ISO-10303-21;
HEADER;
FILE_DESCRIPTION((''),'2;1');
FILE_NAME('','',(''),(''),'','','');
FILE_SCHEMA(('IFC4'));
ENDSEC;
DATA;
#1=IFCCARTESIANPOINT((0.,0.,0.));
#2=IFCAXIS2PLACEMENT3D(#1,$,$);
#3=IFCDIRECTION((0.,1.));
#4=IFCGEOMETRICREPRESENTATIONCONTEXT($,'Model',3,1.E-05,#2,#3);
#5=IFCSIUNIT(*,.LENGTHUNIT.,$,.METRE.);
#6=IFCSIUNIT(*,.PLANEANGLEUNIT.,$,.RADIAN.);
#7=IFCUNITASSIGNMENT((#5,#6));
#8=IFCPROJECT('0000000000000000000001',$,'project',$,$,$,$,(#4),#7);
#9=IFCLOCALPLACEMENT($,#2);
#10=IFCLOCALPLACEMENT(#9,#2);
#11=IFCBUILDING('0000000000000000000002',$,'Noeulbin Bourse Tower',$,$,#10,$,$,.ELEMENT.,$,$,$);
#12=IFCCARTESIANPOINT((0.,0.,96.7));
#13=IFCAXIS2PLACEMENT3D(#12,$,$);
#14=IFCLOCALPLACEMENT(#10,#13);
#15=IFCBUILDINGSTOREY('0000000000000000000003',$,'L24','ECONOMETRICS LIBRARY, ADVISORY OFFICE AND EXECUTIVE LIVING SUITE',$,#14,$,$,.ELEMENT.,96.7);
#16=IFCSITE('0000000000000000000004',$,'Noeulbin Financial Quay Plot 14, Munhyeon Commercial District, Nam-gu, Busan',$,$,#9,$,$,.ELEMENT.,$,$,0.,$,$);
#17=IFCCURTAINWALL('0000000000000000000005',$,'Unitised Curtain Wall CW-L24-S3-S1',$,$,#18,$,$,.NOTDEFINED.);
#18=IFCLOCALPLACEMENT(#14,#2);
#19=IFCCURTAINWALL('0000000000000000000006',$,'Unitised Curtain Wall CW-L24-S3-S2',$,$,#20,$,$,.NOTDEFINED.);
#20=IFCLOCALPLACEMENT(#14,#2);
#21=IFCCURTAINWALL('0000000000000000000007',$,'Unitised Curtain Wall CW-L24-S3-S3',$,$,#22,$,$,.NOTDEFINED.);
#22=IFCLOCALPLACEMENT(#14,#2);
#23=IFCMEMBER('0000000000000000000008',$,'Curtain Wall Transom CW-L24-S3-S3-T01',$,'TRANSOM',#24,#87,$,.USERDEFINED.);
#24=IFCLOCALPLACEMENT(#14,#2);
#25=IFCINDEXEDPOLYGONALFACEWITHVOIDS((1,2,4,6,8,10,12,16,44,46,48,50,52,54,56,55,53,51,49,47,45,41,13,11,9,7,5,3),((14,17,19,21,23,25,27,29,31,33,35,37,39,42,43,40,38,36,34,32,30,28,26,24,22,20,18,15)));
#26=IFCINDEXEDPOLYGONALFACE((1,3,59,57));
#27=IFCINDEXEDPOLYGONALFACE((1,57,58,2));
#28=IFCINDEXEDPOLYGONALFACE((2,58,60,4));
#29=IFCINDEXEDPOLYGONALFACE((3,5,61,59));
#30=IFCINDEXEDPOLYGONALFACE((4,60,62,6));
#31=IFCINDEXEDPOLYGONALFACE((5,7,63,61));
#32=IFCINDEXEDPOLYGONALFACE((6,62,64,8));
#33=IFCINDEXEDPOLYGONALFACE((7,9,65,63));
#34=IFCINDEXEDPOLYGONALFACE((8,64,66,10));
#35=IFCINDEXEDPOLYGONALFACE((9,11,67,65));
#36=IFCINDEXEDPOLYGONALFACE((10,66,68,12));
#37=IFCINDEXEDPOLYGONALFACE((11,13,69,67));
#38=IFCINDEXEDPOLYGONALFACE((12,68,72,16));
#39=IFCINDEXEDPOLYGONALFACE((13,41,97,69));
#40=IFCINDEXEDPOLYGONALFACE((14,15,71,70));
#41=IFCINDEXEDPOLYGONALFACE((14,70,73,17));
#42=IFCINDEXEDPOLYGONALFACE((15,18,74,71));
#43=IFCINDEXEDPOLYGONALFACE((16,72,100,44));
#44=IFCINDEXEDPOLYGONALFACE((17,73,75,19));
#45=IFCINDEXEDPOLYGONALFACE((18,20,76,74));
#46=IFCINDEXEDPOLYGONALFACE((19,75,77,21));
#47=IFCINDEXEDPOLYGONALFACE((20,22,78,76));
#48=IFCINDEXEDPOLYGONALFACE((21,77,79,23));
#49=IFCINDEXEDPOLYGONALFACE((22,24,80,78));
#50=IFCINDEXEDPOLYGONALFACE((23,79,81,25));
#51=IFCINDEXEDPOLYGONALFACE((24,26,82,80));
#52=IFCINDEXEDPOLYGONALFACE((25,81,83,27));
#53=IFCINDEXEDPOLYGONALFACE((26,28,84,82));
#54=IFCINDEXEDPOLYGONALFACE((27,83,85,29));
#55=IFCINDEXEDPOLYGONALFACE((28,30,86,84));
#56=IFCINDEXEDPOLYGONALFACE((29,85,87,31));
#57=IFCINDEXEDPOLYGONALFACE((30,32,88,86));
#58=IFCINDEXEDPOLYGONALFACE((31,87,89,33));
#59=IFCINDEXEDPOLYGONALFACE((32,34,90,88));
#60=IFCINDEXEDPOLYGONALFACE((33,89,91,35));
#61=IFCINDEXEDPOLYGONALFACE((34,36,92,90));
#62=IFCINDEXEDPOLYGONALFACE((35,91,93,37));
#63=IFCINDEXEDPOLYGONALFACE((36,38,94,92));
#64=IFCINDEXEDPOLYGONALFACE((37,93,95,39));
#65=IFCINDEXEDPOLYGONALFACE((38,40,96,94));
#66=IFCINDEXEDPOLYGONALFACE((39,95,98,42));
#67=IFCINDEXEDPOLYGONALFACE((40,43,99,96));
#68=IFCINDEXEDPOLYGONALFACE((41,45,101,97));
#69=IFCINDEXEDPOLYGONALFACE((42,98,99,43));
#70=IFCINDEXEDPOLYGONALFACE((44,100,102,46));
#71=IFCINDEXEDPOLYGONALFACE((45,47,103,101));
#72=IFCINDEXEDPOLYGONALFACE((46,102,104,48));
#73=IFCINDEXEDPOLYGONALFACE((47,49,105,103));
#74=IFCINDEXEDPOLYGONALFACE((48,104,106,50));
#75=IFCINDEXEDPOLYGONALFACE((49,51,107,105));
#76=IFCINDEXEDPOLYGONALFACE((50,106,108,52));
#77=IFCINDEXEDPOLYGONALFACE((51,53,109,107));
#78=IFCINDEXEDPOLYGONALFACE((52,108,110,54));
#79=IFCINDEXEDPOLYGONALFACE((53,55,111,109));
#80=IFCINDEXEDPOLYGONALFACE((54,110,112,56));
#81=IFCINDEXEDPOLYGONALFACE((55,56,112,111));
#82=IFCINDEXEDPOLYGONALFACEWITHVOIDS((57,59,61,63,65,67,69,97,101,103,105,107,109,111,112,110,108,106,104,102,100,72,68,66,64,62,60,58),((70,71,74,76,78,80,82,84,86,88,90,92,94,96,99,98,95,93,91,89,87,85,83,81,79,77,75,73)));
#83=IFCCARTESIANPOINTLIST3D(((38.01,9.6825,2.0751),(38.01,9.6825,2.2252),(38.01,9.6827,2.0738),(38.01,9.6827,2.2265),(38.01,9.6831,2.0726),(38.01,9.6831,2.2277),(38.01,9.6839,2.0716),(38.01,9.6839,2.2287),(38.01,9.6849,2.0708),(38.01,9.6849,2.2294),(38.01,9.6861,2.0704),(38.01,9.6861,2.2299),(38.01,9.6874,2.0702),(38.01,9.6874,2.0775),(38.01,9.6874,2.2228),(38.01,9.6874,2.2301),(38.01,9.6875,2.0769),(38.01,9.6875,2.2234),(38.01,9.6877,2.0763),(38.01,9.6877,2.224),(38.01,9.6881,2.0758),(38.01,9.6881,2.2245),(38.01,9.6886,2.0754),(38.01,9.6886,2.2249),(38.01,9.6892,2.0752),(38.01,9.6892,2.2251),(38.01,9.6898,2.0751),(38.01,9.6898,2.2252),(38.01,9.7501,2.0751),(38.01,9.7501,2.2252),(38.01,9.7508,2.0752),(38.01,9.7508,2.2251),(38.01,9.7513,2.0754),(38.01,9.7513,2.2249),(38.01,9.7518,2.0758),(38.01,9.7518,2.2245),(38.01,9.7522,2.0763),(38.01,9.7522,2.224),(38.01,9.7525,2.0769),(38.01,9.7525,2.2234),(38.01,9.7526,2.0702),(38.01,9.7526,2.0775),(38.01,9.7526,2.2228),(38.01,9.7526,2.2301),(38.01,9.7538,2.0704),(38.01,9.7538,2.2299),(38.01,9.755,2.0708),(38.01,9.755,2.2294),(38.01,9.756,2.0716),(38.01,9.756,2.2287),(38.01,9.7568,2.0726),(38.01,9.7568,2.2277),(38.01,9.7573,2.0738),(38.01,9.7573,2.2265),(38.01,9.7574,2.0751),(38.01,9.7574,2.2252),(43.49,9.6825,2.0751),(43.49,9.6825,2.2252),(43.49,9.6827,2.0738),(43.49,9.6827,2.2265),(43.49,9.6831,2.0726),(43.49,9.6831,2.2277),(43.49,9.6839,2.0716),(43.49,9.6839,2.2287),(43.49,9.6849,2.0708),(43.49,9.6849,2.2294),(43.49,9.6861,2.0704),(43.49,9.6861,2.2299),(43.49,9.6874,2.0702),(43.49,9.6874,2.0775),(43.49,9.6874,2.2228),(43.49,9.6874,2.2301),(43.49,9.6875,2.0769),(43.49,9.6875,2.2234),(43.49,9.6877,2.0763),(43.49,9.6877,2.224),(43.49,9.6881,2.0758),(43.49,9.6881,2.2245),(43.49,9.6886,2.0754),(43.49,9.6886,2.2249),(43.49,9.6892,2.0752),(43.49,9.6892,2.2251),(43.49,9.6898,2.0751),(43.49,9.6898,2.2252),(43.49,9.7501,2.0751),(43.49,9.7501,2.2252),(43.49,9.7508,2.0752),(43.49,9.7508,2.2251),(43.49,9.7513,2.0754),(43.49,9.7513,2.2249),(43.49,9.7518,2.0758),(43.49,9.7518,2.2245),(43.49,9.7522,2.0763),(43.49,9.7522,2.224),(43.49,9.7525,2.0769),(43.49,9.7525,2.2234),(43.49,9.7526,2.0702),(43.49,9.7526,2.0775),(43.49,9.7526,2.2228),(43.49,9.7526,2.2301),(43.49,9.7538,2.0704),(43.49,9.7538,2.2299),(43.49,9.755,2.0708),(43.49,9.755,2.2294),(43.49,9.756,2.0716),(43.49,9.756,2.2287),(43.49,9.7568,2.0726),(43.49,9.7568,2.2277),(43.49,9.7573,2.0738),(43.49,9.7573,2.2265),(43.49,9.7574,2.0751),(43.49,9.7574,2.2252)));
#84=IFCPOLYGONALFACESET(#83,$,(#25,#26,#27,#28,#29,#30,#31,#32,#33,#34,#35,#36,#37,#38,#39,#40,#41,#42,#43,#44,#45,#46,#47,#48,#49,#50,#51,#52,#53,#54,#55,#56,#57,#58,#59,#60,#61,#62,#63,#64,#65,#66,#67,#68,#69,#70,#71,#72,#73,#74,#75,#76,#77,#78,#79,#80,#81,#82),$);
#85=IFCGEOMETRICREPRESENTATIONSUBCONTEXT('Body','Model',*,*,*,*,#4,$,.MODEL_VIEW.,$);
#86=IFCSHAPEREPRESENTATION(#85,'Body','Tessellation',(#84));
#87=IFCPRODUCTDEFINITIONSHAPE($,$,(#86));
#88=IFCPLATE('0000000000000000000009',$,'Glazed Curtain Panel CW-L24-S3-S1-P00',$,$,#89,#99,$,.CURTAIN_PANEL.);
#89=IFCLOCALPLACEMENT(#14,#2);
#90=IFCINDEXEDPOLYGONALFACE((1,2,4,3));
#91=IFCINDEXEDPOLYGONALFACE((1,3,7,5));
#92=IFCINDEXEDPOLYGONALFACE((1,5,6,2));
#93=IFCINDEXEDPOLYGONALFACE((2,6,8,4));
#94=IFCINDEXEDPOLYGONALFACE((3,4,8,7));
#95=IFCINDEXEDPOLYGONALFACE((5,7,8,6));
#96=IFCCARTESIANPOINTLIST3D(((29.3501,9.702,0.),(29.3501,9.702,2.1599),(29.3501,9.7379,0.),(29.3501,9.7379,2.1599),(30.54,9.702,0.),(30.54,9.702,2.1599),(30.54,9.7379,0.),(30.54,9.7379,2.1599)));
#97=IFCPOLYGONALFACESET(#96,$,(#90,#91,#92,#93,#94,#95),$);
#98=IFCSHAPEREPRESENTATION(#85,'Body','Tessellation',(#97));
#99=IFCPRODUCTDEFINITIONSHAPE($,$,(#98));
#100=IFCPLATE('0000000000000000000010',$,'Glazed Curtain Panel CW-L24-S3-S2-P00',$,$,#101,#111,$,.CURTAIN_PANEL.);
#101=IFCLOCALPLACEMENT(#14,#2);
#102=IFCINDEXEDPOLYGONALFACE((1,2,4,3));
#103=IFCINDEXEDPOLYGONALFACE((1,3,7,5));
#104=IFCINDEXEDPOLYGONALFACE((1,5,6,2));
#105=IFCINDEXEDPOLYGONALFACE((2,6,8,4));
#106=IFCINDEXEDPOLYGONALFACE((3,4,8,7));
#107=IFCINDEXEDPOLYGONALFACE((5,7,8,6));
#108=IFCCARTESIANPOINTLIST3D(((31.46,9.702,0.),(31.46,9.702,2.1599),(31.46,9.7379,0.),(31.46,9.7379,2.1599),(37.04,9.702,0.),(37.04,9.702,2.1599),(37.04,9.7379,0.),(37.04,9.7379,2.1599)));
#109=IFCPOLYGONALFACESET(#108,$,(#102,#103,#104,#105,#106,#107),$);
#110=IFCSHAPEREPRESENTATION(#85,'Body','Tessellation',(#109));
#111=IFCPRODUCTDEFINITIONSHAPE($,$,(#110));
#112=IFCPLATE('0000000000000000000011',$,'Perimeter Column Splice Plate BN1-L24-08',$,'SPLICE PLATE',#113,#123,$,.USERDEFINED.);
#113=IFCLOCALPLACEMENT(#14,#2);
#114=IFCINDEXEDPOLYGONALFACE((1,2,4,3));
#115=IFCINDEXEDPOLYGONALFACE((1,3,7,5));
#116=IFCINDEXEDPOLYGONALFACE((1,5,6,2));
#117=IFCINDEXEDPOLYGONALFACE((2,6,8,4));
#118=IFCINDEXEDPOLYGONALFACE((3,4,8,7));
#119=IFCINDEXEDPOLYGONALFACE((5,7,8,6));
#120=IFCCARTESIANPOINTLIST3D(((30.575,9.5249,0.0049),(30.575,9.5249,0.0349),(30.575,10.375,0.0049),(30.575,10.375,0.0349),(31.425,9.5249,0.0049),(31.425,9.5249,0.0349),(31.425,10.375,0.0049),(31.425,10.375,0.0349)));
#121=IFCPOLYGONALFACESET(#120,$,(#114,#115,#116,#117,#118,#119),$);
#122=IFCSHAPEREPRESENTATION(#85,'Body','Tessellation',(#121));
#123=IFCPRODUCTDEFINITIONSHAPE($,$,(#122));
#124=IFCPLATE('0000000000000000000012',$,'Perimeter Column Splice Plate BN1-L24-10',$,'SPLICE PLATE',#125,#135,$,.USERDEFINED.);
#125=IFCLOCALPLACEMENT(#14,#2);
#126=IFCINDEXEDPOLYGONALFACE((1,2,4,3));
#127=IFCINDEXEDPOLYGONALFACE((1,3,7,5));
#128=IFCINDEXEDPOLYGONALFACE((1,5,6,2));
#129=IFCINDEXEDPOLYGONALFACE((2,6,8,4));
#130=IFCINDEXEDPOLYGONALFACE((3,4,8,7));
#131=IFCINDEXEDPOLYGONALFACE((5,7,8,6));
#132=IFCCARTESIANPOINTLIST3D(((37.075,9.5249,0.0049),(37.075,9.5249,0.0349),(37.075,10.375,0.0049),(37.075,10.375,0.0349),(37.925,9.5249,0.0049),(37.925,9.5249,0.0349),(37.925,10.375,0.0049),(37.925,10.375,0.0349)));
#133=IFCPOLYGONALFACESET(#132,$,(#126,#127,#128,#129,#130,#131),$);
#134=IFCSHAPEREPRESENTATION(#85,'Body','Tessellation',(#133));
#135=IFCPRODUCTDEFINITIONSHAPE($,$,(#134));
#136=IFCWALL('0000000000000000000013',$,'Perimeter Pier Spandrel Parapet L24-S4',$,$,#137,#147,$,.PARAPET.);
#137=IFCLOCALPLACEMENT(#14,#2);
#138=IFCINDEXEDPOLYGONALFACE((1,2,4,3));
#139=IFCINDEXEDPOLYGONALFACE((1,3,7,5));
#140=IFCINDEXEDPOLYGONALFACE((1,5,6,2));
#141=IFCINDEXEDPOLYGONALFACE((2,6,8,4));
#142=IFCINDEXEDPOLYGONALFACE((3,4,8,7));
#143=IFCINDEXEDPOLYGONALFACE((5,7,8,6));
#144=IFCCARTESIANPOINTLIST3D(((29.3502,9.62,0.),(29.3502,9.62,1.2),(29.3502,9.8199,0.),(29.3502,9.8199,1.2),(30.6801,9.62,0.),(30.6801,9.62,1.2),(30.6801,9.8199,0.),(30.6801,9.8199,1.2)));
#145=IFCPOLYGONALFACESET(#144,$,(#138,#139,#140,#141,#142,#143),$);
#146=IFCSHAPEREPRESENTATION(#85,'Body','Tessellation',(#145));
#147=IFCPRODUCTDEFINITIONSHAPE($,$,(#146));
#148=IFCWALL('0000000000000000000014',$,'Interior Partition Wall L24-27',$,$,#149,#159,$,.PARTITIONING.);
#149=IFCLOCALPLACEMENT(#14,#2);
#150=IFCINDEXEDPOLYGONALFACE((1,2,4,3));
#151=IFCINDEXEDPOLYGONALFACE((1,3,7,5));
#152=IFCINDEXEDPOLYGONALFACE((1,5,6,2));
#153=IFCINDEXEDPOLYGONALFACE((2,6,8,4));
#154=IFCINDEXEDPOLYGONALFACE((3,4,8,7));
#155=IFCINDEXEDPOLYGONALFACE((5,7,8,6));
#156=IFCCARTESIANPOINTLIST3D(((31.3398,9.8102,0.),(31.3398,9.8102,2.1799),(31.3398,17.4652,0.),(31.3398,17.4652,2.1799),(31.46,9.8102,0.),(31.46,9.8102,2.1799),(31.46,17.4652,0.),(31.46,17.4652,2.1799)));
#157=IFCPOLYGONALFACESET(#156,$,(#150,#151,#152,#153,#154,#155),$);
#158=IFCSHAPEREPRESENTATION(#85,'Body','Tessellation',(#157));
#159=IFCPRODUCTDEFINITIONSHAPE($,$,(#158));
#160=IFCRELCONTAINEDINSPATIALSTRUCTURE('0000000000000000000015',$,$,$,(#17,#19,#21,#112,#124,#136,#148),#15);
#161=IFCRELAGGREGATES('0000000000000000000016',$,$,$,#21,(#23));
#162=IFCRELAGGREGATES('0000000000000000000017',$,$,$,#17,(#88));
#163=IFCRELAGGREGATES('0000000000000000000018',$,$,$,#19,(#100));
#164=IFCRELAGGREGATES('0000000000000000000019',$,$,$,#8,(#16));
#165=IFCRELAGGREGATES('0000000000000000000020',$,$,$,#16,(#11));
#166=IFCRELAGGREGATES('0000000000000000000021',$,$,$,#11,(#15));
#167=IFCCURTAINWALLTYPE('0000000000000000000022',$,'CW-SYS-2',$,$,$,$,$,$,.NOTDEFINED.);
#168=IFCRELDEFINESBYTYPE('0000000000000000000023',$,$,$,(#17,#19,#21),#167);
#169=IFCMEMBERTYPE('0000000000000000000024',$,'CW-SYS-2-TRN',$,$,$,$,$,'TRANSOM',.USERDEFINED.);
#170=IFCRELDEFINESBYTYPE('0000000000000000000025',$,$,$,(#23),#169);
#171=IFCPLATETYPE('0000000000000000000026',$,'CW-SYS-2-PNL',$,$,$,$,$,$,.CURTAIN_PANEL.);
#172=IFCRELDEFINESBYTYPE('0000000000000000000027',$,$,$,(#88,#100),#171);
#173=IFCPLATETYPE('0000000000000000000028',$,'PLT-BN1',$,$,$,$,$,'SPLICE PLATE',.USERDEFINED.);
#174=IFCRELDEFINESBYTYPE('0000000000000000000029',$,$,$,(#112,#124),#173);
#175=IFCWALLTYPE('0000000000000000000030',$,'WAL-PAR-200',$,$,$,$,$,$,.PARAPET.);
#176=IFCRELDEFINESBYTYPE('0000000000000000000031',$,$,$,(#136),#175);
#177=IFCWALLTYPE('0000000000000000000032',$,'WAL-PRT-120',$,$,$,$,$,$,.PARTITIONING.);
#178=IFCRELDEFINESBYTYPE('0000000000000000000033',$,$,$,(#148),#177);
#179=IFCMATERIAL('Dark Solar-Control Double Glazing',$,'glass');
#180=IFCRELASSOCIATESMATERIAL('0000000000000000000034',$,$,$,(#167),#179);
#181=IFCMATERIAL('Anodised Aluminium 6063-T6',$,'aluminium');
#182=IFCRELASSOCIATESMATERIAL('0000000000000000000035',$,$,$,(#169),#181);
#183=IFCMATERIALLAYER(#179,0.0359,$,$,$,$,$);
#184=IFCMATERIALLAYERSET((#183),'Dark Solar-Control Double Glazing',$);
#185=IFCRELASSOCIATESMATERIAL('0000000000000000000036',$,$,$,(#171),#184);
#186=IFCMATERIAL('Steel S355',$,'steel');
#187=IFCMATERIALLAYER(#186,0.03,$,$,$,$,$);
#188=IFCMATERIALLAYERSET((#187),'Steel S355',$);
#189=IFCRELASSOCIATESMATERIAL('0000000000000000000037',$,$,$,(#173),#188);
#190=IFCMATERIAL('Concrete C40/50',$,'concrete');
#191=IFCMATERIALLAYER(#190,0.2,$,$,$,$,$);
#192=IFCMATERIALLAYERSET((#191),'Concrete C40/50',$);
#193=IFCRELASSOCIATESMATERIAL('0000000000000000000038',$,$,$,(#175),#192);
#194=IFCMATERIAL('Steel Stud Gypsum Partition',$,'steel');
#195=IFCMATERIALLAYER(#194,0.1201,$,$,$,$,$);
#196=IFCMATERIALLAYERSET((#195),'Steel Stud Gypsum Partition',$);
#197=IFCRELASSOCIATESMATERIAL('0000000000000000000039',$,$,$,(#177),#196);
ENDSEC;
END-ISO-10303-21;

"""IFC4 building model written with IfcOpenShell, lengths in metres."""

from ifc_helpers import new_model, si_unit, direction, frame, frame_2d, origin, origin_2d, place, context, subcontext, project, spatial, rectangle, hollow_rectangle, extrude, material, layer, layer_set, material_profile, profile_set, type_object, element, aggregate, save


model = new_model("IFC4")

# Units and contexts
model_context = context("Model", 3, precision=1e-05, world=origin(), true_north=direction((0.0, 1.0)))
body_context = subcontext(model_context, "Body", "Model", "MODEL_VIEW")
ifc_project = project(units=[si_unit("LENGTHUNIT", "METRE"), si_unit("PLANEANGLEUNIT", "RADIAN")], contexts=[model_context])

# Site, building, storey
site_placement = place(None, origin())
site = spatial("IfcSite", under=ifc_project, at=site_placement, Name="Noeulbin Financial Quay Plot 14, Munhyeon Commercial District, Nam-gu, Busan", CompositionType="ELEMENT", RefElevation=0.0)
building_placement = place(site_placement, origin())
building = spatial("IfcBuilding", under=site, at=building_placement, Name="Noeulbin Bourse Tower", CompositionType="ELEMENT")
storey_placement = place(building_placement, frame((0.0, 0.0, 96.7)))
storey = spatial("IfcBuildingStorey", under=building, at=storey_placement, Name="L24", Description="ECONOMETRICS LIBRARY, ADVISORY OFFICE AND EXECUTIVE LIVING SUITE", CompositionType="ELEMENT", Elevation=96.7)

# Shared definitions
ifc_material_1 = material(Name="Steel S355", Category="steel")

# Curtain walls
ifc_material_2 = material(Name="Dark Solar-Control Double Glazing", Category="glass")
curtain_wall_type = type_object("IfcCurtainWallType", Name="CW-SYS-2", PredefinedType="NOTDEFINED", material=ifc_material_2)
curtain_wall_1_placement = place(storey_placement, origin())
curtain_wall_1 = element("IfcCurtainWall", 1, at=curtain_wall_1_placement, inside=storey, type_object=curtain_wall_type, Name="Unitised Curtain Wall CW-L24-S3-S1", PredefinedType="NOTDEFINED")
ifc_material_3 = material(Name="Anodised Aluminium 6063-T6", Category="aluminium")
curtain_wall_2_placement = place(storey_placement, origin())
curtain_wall_2 = element("IfcCurtainWall", 2, at=curtain_wall_2_placement, inside=storey, type_object=curtain_wall_type, Name="Unitised Curtain Wall CW-L24-S3-S2", PredefinedType="NOTDEFINED")

# Curtain wall
curtain_wall_3_placement = place(storey_placement, origin())
curtain_wall_3 = element("IfcCurtainWall", 3, at=curtain_wall_3_placement, inside=storey, type_object=curtain_wall_type, Name="Unitised Curtain Wall CW-L24-S3-S3", PredefinedType="NOTDEFINED")

# Member
ifc_material_profile_1 = material_profile(ifc_material_3, hollow_rectangle(XDim=0.075, YDim=0.1599, WallThickness=0.0049, InnerFilletRadius=0.0024, OuterFilletRadius=0.0049, at=origin_2d()), Name="ALU-TRAN-75x160x5", Category="LoadBearing")
ifc_profile_set_1 = profile_set([ifc_material_profile_1], Name="Anodised Aluminium 6063-T6")
member_type_1 = type_object("IfcMemberType", Name="CW-SYS-2-TRN", ElementType="TRANSOM", PredefinedType="USERDEFINED", material=ifc_profile_set_1)
member_1_placement = place(storey_placement, frame((38.01, 9.72, 2.1501), z_axis=(1.0, 0.0, 0.0), x_axis=(0.0, 1.0, 0.0)))
member_1 = element("IfcMember", 4, at=member_1_placement, type_object=member_type_1, Name="Curtain Wall Transom CW-L24-S3-S3-T01", ObjectType="TRANSOM", PredefinedType="USERDEFINED", context=body_context, shape_type="SweptSolid", body=[
    extrude(hollow_rectangle(XDim=0.075, YDim=0.1599, WallThickness=0.0049, InnerFilletRadius=0.0024, OuterFilletRadius=0.0049, at=origin_2d()), origin(), (0.0, 0.0, 1.0), 5.48),
])
aggregate(curtain_wall_3, [member_1])

# Plates
ifc_layer_1 = layer(ifc_material_2, 0.0359)
ifc_layer_set_1 = layer_set([ifc_layer_1], Name="Dark Solar-Control Double Glazing")
plate_type_1 = type_object("IfcPlateType", Name="CW-SYS-2-PNL", PredefinedType="CURTAIN_PANEL", material=ifc_layer_set_1)
plate_1_placement = place(storey_placement, frame((29.9451, 9.72, 0.0), z_axis=(0.0, 0.0, 1.0), x_axis=(1.0, 0.0, 0.0)))
plate_1 = element("IfcPlate", 5, at=plate_1_placement, type_object=plate_type_1, Name="Glazed Curtain Panel CW-L24-S3-S1-P00", PredefinedType="CURTAIN_PANEL", context=body_context, shape_type="SweptSolid", body=[
    extrude(rectangle(XDim=1.1899, YDim=0.0359, at=origin_2d()), origin(), (0.0, 0.0, 1.0), 2.1599),
])
aggregate(curtain_wall_1, [plate_1])
plate_2_placement = place(storey_placement, frame((34.25, 9.72, 0.0), z_axis=(0.0, 0.0, 1.0), x_axis=(1.0, 0.0, 0.0)))
plate_2 = element("IfcPlate", 6, at=plate_2_placement, type_object=plate_type_1, Name="Glazed Curtain Panel CW-L24-S3-S2-P00", PredefinedType="CURTAIN_PANEL", context=body_context, shape_type="SweptSolid", body=[
    extrude(rectangle(XDim=5.5801, YDim=0.0359, at=origin_2d()), origin(), (0.0, 0.0, 1.0), 2.1599),
])
aggregate(curtain_wall_2, [plate_2])

# Plates
ifc_layer_2 = layer(ifc_material_1, 0.03)
ifc_layer_set_2 = layer_set([ifc_layer_2], Name="Steel S355")
plate_type_2 = type_object("IfcPlateType", Name="PLT-BN1", ElementType="SPLICE PLATE", PredefinedType="USERDEFINED", material=ifc_layer_set_2)
for number, where, z_axis, x_axis, name in (
    (7, (31.0, 9.95, 0.0049), (0.0, 0.0, 1.0), (1.0, 0.0, 0.0), "Perimeter Column Splice Plate BN1-L24-08"),
    (8, (37.5, 9.95, 0.0049), (0.0, 0.0, 1.0), (1.0, 0.0, 0.0), "Perimeter Column Splice Plate BN1-L24-10"),
):
    element("IfcPlate", number, at=place(storey_placement, frame(where, z_axis=z_axis, x_axis=x_axis)), inside=storey, type_object=plate_type_2, Name=name, ObjectType="SPLICE PLATE", PredefinedType="USERDEFINED", context=body_context, shape_type="SweptSolid", body=[
        extrude(rectangle(XDim=0.8501, YDim=0.8501, at=origin_2d()), origin(), (0.0, 0.0, 1.0), 0.03),
    ])

# Walls
ifc_material_4 = material(Name="Concrete C40/50", Category="concrete")
ifc_layer_3 = layer(ifc_material_4, 0.2)
ifc_layer_set_3 = layer_set([ifc_layer_3], Name="Concrete C40/50")
wall_type_1 = type_object("IfcWallType", Name="WAL-PAR-200", PredefinedType="PARAPET", material=ifc_layer_set_3)
wall_1_placement = place(storey_placement, frame((29.3501, 9.72, 0.0), z_axis=(0.0, 0.0, 1.0), x_axis=(1.0, 0.0, 0.0)))
element("IfcWall", 9, at=wall_1_placement, inside=storey, type_object=wall_type_1, Name="Perimeter Pier Spandrel Parapet L24-S4", PredefinedType="PARAPET", context=body_context, shape_type="SweptSolid", body=[
    extrude(rectangle(XDim=1.3298, YDim=0.2, at=frame_2d((0.665, 0.0))), origin(), (0.0, 0.0, 1.0), 1.2),
])
ifc_material_5 = material(Name="Steel Stud Gypsum Partition", Category="steel")
ifc_layer_4 = layer(ifc_material_5, 0.1201)
ifc_layer_set_4 = layer_set([ifc_layer_4], Name="Steel Stud Gypsum Partition")
wall_type_2 = type_object("IfcWallType", Name="WAL-PRT-120", PredefinedType="PARTITIONING", material=ifc_layer_set_4)
wall_2_placement = place(storey_placement, frame((31.3999, 9.8101, 0.0), z_axis=(0.0, 0.0, 1.0), x_axis=(0.0, 1.0, 0.0)))
element("IfcWall", 10, at=wall_2_placement, inside=storey, type_object=wall_type_2, Name="Interior Partition Wall L24-27", PredefinedType="PARTITIONING", context=body_context, shape_type="SweptSolid", body=[
    extrude(rectangle(XDim=7.655, YDim=0.1201, at=frame_2d((3.8276, 0.0))), origin(), (0.0, 0.0, 1.0), 2.1799),
])

save(model, "model.ifc")
